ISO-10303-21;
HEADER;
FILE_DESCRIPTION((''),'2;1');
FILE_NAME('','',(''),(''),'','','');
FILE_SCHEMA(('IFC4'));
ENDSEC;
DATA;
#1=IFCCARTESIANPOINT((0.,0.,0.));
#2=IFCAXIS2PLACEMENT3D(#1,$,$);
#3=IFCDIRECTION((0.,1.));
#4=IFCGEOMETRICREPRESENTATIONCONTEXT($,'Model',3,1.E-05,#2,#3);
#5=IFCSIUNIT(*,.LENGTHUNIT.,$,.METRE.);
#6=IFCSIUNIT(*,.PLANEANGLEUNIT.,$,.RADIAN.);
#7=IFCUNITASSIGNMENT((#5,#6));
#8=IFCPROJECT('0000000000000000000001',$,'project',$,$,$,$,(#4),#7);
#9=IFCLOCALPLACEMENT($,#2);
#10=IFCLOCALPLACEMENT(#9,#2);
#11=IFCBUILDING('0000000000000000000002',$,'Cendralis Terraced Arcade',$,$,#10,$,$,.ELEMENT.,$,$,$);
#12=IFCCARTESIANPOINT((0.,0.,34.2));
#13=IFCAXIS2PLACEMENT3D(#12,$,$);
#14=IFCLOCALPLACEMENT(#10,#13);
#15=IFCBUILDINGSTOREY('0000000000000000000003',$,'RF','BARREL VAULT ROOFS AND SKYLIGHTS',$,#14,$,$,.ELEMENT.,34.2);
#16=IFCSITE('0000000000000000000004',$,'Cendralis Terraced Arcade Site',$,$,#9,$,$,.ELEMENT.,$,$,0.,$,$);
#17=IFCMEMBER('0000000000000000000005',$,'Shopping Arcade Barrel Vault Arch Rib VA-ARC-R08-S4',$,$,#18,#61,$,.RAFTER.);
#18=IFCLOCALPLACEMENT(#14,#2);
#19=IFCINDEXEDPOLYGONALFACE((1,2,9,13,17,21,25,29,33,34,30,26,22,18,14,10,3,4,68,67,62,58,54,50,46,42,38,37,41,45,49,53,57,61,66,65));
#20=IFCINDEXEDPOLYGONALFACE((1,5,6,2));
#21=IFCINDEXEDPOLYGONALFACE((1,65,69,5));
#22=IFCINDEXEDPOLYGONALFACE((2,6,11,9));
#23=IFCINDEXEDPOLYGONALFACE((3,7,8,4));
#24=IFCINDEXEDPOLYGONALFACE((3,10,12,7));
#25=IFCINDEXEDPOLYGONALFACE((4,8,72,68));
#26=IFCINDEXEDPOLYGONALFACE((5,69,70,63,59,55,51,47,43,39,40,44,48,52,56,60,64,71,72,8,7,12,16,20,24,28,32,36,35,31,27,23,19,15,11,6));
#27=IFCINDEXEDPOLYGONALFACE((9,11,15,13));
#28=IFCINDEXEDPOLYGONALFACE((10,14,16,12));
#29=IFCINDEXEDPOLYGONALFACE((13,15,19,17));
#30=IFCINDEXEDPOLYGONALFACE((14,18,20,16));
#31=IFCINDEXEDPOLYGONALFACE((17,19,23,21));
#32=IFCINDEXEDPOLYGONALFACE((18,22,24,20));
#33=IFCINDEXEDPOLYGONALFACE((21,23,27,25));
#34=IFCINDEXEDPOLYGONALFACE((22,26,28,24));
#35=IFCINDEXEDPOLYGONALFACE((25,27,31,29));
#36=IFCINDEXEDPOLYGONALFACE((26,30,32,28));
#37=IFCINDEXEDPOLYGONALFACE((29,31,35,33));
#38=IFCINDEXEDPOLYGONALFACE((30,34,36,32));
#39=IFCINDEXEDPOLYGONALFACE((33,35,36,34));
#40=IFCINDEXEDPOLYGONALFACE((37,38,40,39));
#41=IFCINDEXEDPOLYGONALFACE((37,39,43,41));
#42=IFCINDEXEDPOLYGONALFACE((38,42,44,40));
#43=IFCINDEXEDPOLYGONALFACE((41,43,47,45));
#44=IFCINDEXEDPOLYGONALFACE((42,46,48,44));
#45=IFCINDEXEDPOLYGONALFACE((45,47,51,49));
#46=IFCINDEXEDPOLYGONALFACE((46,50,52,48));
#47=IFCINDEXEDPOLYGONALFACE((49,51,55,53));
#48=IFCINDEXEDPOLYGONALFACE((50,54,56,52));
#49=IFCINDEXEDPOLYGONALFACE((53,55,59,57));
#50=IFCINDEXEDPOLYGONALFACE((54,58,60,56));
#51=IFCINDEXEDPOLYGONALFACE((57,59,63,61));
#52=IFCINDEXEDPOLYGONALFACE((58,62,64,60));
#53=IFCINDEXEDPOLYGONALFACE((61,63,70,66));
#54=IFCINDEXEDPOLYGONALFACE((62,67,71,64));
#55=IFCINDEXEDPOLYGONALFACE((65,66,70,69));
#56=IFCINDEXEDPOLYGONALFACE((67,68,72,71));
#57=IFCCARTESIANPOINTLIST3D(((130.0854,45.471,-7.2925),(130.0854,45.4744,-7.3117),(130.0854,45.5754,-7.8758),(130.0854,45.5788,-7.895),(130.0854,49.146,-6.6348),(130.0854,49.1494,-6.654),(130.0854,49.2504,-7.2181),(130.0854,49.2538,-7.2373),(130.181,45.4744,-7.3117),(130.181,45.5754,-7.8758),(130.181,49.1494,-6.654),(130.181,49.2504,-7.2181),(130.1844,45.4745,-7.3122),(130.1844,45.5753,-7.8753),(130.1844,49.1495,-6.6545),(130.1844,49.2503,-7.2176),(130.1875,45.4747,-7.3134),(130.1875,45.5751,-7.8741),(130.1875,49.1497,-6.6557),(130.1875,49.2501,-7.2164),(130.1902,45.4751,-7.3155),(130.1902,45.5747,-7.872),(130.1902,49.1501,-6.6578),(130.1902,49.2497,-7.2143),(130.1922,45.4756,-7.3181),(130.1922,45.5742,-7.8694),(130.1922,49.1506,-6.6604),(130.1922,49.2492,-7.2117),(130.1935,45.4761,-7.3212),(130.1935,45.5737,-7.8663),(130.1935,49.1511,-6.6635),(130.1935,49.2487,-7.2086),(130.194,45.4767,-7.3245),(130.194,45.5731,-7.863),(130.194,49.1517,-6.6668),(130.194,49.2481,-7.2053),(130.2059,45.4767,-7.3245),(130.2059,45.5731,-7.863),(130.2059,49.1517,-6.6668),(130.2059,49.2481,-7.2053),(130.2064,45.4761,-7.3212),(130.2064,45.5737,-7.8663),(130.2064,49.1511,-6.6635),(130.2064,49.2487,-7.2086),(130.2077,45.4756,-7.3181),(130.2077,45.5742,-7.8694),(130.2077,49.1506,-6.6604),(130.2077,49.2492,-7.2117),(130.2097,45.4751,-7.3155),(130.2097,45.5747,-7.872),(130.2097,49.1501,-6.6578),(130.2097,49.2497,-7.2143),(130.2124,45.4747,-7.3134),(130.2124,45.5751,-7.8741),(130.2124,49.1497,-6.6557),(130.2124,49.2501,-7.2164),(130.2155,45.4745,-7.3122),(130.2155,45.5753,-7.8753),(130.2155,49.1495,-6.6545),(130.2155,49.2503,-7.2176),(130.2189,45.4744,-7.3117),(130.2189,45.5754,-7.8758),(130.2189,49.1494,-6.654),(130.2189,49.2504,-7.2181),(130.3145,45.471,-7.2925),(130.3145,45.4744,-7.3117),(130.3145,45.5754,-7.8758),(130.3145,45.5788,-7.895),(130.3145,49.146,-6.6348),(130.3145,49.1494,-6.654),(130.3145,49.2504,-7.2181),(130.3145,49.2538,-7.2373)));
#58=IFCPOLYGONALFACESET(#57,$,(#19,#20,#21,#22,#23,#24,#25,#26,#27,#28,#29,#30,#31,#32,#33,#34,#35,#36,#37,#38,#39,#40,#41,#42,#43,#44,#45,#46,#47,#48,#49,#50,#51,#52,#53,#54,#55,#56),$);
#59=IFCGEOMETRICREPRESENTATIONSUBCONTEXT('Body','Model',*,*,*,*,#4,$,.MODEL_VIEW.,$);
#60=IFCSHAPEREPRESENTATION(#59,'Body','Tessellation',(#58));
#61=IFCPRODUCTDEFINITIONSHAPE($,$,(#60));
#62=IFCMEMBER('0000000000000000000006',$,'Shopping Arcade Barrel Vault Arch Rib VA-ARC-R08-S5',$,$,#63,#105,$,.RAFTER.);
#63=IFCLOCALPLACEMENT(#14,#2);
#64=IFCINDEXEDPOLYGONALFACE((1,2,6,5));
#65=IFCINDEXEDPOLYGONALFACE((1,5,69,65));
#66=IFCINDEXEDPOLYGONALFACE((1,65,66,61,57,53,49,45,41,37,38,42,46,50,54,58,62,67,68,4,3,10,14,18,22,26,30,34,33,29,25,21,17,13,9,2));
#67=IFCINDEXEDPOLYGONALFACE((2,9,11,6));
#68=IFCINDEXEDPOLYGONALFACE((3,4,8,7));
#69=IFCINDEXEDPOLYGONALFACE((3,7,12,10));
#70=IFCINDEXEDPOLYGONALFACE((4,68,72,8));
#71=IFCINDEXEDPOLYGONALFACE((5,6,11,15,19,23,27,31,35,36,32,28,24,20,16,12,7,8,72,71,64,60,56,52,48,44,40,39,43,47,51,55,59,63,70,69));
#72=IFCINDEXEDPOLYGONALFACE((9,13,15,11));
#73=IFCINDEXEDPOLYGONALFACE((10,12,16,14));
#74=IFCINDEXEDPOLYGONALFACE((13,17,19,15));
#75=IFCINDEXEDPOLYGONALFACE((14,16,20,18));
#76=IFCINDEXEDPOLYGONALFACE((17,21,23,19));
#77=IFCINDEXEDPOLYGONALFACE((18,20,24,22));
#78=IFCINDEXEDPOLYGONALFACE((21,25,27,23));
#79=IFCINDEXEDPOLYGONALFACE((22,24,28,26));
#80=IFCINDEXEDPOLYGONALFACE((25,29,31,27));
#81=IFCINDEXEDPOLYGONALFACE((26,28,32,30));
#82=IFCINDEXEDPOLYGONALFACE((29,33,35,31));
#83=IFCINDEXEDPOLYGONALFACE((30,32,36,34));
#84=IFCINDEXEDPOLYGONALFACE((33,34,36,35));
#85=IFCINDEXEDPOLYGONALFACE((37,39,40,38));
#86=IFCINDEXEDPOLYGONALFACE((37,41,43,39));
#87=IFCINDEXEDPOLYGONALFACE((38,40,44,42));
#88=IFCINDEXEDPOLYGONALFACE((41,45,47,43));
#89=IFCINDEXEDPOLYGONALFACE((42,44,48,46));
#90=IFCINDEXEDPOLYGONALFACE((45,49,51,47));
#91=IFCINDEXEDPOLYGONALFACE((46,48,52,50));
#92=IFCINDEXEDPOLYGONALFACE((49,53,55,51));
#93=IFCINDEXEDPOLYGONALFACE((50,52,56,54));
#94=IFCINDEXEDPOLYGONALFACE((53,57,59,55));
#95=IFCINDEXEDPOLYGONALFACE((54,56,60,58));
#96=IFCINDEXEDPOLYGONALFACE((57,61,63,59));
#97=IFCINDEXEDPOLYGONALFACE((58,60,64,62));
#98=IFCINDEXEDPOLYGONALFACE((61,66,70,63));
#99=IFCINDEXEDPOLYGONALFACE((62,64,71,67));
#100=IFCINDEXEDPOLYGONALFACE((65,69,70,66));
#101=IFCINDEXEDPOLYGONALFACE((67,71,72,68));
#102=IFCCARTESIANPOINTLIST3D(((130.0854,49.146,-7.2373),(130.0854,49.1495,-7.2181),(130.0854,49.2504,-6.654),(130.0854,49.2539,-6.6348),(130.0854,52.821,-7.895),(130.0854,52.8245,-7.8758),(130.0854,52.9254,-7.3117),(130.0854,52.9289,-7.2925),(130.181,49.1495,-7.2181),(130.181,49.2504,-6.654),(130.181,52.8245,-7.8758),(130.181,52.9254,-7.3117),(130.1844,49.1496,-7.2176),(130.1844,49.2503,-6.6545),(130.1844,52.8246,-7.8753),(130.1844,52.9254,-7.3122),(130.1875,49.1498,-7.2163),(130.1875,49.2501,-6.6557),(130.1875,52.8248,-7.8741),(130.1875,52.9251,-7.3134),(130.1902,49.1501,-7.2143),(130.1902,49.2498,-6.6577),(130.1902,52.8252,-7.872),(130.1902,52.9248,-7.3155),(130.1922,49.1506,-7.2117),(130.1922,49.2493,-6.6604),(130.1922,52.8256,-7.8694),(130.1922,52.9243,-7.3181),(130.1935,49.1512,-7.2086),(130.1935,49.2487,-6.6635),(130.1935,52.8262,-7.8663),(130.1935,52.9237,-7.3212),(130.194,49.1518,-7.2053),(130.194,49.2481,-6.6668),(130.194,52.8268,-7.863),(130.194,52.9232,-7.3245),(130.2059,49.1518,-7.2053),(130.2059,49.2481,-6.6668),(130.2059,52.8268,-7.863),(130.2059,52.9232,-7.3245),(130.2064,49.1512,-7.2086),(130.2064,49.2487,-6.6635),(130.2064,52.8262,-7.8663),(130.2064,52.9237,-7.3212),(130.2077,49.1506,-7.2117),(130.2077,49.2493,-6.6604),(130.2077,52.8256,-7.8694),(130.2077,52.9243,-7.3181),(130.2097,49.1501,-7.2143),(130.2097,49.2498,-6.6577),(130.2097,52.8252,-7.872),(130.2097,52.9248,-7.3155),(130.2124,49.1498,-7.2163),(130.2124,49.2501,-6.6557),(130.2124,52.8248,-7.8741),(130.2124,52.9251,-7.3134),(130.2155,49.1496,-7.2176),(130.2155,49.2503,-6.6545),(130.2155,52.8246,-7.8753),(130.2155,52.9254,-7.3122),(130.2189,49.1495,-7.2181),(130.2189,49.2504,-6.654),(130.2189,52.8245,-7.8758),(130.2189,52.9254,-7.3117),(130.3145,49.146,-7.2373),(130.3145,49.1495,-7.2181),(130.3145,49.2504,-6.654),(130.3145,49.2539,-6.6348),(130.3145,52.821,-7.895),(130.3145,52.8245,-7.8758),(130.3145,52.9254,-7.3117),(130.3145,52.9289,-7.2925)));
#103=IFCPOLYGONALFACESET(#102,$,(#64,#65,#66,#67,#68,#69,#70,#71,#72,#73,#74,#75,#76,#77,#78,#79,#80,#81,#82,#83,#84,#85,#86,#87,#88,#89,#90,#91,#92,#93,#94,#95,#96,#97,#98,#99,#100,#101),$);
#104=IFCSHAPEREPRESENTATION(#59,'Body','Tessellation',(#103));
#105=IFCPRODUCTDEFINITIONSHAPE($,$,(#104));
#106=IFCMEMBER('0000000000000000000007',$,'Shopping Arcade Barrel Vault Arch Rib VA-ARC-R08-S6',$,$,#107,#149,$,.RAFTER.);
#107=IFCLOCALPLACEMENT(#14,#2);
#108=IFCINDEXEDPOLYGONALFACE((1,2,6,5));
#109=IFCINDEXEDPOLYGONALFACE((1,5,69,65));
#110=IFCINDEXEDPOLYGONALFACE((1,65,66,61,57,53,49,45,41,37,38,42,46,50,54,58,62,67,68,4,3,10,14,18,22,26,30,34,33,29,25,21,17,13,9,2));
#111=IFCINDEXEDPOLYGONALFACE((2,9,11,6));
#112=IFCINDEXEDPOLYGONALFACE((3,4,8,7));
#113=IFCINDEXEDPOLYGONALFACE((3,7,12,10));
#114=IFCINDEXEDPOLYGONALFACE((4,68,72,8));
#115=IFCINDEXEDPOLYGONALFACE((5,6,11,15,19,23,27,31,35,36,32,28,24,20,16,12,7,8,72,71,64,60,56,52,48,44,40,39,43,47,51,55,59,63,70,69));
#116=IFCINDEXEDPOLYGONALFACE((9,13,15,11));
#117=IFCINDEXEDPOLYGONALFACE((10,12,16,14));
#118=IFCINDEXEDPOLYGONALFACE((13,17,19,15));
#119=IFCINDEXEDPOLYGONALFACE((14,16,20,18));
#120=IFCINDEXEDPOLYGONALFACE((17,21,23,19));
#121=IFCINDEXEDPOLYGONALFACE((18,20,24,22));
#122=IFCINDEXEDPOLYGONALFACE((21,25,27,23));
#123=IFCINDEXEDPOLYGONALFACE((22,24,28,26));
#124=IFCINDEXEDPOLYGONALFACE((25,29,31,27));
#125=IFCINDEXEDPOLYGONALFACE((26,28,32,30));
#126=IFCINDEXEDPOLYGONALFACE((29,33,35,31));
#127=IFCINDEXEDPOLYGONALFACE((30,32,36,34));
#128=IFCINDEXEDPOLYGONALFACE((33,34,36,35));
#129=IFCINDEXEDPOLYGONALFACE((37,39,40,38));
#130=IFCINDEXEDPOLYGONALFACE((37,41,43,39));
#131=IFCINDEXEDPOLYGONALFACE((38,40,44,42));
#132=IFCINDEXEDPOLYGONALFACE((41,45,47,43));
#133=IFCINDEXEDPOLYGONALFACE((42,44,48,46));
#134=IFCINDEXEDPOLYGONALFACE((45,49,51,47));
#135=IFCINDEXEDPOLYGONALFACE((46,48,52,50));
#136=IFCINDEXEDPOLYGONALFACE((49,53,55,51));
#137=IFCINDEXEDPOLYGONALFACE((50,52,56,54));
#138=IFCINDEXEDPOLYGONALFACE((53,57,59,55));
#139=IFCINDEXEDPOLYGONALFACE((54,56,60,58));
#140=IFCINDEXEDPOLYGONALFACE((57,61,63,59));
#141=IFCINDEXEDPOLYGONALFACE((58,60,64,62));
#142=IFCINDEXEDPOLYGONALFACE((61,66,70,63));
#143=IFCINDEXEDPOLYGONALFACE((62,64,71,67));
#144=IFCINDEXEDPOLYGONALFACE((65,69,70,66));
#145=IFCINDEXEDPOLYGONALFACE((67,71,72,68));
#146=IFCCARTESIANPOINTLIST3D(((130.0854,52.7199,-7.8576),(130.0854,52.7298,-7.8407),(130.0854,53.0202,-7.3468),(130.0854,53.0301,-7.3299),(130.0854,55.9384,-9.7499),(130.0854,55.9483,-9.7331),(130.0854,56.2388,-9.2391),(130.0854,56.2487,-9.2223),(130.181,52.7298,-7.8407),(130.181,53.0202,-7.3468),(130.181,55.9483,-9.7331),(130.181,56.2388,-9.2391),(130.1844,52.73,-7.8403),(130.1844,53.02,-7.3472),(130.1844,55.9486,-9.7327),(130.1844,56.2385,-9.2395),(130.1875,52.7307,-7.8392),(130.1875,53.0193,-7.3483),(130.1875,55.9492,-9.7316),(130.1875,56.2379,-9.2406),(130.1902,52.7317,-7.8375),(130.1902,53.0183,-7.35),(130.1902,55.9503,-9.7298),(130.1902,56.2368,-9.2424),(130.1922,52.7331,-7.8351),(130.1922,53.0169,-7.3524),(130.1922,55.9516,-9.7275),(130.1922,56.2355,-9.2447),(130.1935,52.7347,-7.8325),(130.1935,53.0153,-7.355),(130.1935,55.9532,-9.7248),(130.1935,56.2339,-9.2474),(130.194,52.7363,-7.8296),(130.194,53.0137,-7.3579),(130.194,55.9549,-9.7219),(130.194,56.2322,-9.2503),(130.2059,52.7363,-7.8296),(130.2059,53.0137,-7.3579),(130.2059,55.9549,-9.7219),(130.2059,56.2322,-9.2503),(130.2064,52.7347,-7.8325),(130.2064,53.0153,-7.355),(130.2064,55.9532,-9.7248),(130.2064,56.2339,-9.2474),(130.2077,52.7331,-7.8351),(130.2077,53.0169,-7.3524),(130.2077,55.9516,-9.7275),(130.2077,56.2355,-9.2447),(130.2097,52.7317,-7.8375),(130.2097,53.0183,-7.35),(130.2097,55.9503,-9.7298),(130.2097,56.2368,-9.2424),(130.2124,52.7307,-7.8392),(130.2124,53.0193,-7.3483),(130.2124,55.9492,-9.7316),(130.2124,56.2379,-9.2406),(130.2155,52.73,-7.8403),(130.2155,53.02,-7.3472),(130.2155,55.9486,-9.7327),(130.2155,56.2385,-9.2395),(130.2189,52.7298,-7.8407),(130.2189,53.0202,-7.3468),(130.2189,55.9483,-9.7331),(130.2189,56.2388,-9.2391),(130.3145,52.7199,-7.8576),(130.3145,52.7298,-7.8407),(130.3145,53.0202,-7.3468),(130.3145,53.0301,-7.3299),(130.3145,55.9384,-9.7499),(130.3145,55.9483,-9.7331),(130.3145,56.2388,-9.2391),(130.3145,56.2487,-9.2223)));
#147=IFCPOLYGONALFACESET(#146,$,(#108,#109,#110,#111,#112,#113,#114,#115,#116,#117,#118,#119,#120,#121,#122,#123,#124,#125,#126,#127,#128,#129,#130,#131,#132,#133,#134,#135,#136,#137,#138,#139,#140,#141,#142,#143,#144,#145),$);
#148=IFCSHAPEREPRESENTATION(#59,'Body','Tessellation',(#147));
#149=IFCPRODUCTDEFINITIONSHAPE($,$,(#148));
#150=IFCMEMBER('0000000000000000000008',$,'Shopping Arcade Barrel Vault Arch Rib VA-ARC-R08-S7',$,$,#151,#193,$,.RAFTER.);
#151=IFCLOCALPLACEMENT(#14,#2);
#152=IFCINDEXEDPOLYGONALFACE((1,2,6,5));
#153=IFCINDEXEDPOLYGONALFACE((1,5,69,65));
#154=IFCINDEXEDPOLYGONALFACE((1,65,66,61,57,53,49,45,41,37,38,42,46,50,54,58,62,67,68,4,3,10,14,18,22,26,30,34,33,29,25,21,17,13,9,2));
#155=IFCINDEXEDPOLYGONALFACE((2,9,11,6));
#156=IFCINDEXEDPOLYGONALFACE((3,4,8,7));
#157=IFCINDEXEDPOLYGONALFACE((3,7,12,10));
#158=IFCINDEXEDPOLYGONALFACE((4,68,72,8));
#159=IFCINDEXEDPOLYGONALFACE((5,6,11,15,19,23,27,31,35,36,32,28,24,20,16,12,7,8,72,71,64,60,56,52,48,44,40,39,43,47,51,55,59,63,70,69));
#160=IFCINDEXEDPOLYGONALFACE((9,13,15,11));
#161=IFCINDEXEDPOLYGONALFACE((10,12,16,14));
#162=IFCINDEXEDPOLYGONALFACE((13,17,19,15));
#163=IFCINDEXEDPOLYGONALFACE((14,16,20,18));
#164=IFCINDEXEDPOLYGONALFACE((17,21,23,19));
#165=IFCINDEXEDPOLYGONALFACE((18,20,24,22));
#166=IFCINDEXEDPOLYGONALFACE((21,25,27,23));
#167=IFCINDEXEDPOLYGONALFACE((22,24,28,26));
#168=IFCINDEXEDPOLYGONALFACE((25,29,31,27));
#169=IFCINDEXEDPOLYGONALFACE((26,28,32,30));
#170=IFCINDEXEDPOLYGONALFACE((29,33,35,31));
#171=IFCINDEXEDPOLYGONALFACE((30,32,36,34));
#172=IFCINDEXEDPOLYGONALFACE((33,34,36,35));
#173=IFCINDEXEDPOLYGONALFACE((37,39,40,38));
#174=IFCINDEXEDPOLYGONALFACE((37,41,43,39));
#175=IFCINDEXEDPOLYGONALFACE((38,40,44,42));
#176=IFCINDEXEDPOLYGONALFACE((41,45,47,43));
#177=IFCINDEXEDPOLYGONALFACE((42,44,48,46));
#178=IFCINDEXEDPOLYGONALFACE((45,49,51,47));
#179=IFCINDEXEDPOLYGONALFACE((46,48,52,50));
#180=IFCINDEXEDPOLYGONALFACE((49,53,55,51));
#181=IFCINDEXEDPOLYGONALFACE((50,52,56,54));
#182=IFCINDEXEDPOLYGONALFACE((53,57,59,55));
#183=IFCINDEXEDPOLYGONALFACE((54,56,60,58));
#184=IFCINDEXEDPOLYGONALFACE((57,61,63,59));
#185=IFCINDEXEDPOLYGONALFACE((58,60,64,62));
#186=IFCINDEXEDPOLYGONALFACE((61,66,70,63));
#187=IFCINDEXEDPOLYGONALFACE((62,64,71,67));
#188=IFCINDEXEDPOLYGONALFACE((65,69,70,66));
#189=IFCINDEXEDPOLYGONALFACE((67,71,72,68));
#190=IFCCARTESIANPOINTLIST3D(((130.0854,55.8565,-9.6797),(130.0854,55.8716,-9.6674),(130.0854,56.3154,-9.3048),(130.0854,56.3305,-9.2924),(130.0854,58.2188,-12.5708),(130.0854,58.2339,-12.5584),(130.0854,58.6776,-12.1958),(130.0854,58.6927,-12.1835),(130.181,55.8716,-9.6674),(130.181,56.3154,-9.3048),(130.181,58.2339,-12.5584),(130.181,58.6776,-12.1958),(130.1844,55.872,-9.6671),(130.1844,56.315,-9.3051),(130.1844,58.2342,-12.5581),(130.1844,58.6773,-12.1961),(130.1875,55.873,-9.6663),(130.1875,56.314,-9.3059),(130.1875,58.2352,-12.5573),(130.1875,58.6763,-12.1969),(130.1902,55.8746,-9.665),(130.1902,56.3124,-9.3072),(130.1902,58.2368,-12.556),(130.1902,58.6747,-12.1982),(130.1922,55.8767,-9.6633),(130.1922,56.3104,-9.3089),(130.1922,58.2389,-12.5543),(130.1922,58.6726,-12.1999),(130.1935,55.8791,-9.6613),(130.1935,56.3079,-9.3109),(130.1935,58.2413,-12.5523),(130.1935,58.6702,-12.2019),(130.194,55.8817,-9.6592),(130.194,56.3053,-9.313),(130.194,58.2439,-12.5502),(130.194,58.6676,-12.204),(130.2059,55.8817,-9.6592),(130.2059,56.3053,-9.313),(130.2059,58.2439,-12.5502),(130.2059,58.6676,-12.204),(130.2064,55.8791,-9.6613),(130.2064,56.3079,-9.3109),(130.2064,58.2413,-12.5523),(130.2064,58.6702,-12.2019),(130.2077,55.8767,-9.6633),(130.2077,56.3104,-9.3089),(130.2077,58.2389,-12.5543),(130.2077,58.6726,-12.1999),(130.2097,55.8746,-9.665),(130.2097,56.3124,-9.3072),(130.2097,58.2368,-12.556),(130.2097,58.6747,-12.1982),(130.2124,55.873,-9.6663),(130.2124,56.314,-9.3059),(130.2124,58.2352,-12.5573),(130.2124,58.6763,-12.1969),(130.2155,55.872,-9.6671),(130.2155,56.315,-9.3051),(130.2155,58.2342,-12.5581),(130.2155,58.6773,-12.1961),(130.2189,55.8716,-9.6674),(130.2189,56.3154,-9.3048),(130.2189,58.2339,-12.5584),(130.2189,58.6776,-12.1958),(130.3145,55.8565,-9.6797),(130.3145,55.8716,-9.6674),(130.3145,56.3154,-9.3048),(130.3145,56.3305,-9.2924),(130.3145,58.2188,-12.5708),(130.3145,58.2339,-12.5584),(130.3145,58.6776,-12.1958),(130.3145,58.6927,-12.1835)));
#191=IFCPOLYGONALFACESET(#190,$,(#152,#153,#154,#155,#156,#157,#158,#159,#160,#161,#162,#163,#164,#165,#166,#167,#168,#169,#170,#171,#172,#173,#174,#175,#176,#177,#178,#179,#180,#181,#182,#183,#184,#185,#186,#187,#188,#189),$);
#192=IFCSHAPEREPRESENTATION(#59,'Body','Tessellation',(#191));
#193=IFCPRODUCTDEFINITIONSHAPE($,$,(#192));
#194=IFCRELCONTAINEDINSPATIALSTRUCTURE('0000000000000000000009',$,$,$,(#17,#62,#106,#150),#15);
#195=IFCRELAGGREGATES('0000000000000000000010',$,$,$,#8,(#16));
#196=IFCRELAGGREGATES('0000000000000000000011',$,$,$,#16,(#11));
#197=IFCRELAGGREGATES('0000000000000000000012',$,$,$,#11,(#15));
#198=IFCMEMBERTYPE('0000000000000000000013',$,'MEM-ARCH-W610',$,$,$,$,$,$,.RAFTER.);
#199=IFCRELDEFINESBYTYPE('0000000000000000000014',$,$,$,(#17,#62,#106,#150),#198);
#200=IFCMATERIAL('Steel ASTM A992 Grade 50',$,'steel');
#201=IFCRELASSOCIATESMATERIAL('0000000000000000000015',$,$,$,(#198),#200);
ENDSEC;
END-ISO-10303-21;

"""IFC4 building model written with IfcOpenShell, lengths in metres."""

from ifc_helpers import new_model, si_unit, direction, frame, origin, origin_2d, place, context, subcontext, project, spatial, i_section, extrude, material, material_profile, profile_set, type_object, element, save


model = new_model("IFC4")

# Units and contexts
model_context = context("Model", 3, precision=1e-05, world=origin(), true_north=direction((0.0, 1.0)))
body_context = subcontext(model_context, "Body", "Model", "MODEL_VIEW")
ifc_project = project(units=[si_unit("LENGTHUNIT", "METRE"), si_unit("PLANEANGLEUNIT", "RADIAN")], contexts=[model_context])

# Site, building, storey
site_placement = place(None, origin())
site = spatial("IfcSite", under=ifc_project, at=site_placement, Name="Cendralis Terraced Arcade Site", CompositionType="ELEMENT", RefElevation=0.0)
building_placement = place(site_placement, origin())
building = spatial("IfcBuilding", under=site, at=building_placement, Name="Cendralis Terraced Arcade", CompositionType="ELEMENT")
storey_placement = place(building_placement, frame((0.0, 0.0, 34.2)))
storey = spatial("IfcBuildingStorey", under=building, at=storey_placement, Name="RF", Description="BARREL VAULT ROOFS AND SKYLIGHTS", CompositionType="ELEMENT", Elevation=34.2)

# Members
ifc_material_1 = material(Name="Steel ASTM A992 Grade 50", Category="steel")
ifc_material_profile_1 = material_profile(ifc_material_1, i_section(OverallWidth=0.229, OverallDepth=0.6121, WebThickness=0.012, FlangeThickness=0.0195, FilletRadius=0.0129, at=origin_2d()), Name="W610X125", Category="LoadBearing")
ifc_profile_set_1 = profile_set([ifc_material_profile_1], Name="Steel ASTM A992 Grade 50")
member_type_1 = type_object("IfcMemberType", Name="MEM-ARCH-W610", PredefinedType="RAFTER", material=ifc_profile_set_1)
for number, where, z_axis, x_axis, name in (
    (1, (130.2, 45.5249, -7.5938), (0.0, 0.98436, 0.176169), (-1.0, 0.0, 0.0), "Shopping Arcade Barrel Vault Arch Rib VA-ARC-R08-S4"),
    (2, (130.2, 49.2, -6.936), (0.0, 0.98436, -0.176169), (-1.0, 0.0, 0.0), "Shopping Arcade Barrel Vault Arch Rib VA-ARC-R08-S5"),
):
    element("IfcMember", number, at=place(storey_placement, frame(where, z_axis=z_axis, x_axis=x_axis)), inside=storey, type_object=member_type_1, Name=name, PredefinedType="RAFTER", context=body_context, shape_type="SweptSolid", body=[
        extrude(i_section(OverallWidth=0.229, OverallDepth=0.6121, WebThickness=0.012, FlangeThickness=0.0195, FilletRadius=0.0129, at=origin_2d()), origin(), (0.0, 0.0, 1.0), 3.7334),
    ])
member_1_placement = place(storey_placement, frame((130.2, 52.875, -7.5938), z_axis=(0.0, 0.86204, -0.50684), x_axis=(-1.0, 0.0, 0.0)))
element("IfcMember", 3, at=member_1_placement, inside=storey, type_object=member_type_1, Name="Shopping Arcade Barrel Vault Arch Rib VA-ARC-R08-S6", PredefinedType="RAFTER", context=body_context, shape_type="SweptSolid", body=[
    extrude(i_section(OverallWidth=0.229, OverallDepth=0.6121, WebThickness=0.012, FlangeThickness=0.0195, FilletRadius=0.0129, at=origin_2d()), origin(), (0.0, 0.0, 1.0), 3.7336),
])
member_2_placement = place(storey_placement, frame((130.2, 56.0935, -9.4861), z_axis=(0.0, 0.632732, -0.774371), x_axis=(-1.0, 0.0, 0.0)))
element("IfcMember", 4, at=member_2_placement, inside=storey, type_object=member_type_1, Name="Shopping Arcade Barrel Vault Arch Rib VA-ARC-R08-S7", PredefinedType="RAFTER", context=body_context, shape_type="SweptSolid", body=[
    extrude(i_section(OverallWidth=0.229, OverallDepth=0.6121, WebThickness=0.012, FlangeThickness=0.0195, FilletRadius=0.0129, at=origin_2d()), origin(), (0.0, 0.0, 1.0), 3.7334),
])

save(model, "model.ifc")
